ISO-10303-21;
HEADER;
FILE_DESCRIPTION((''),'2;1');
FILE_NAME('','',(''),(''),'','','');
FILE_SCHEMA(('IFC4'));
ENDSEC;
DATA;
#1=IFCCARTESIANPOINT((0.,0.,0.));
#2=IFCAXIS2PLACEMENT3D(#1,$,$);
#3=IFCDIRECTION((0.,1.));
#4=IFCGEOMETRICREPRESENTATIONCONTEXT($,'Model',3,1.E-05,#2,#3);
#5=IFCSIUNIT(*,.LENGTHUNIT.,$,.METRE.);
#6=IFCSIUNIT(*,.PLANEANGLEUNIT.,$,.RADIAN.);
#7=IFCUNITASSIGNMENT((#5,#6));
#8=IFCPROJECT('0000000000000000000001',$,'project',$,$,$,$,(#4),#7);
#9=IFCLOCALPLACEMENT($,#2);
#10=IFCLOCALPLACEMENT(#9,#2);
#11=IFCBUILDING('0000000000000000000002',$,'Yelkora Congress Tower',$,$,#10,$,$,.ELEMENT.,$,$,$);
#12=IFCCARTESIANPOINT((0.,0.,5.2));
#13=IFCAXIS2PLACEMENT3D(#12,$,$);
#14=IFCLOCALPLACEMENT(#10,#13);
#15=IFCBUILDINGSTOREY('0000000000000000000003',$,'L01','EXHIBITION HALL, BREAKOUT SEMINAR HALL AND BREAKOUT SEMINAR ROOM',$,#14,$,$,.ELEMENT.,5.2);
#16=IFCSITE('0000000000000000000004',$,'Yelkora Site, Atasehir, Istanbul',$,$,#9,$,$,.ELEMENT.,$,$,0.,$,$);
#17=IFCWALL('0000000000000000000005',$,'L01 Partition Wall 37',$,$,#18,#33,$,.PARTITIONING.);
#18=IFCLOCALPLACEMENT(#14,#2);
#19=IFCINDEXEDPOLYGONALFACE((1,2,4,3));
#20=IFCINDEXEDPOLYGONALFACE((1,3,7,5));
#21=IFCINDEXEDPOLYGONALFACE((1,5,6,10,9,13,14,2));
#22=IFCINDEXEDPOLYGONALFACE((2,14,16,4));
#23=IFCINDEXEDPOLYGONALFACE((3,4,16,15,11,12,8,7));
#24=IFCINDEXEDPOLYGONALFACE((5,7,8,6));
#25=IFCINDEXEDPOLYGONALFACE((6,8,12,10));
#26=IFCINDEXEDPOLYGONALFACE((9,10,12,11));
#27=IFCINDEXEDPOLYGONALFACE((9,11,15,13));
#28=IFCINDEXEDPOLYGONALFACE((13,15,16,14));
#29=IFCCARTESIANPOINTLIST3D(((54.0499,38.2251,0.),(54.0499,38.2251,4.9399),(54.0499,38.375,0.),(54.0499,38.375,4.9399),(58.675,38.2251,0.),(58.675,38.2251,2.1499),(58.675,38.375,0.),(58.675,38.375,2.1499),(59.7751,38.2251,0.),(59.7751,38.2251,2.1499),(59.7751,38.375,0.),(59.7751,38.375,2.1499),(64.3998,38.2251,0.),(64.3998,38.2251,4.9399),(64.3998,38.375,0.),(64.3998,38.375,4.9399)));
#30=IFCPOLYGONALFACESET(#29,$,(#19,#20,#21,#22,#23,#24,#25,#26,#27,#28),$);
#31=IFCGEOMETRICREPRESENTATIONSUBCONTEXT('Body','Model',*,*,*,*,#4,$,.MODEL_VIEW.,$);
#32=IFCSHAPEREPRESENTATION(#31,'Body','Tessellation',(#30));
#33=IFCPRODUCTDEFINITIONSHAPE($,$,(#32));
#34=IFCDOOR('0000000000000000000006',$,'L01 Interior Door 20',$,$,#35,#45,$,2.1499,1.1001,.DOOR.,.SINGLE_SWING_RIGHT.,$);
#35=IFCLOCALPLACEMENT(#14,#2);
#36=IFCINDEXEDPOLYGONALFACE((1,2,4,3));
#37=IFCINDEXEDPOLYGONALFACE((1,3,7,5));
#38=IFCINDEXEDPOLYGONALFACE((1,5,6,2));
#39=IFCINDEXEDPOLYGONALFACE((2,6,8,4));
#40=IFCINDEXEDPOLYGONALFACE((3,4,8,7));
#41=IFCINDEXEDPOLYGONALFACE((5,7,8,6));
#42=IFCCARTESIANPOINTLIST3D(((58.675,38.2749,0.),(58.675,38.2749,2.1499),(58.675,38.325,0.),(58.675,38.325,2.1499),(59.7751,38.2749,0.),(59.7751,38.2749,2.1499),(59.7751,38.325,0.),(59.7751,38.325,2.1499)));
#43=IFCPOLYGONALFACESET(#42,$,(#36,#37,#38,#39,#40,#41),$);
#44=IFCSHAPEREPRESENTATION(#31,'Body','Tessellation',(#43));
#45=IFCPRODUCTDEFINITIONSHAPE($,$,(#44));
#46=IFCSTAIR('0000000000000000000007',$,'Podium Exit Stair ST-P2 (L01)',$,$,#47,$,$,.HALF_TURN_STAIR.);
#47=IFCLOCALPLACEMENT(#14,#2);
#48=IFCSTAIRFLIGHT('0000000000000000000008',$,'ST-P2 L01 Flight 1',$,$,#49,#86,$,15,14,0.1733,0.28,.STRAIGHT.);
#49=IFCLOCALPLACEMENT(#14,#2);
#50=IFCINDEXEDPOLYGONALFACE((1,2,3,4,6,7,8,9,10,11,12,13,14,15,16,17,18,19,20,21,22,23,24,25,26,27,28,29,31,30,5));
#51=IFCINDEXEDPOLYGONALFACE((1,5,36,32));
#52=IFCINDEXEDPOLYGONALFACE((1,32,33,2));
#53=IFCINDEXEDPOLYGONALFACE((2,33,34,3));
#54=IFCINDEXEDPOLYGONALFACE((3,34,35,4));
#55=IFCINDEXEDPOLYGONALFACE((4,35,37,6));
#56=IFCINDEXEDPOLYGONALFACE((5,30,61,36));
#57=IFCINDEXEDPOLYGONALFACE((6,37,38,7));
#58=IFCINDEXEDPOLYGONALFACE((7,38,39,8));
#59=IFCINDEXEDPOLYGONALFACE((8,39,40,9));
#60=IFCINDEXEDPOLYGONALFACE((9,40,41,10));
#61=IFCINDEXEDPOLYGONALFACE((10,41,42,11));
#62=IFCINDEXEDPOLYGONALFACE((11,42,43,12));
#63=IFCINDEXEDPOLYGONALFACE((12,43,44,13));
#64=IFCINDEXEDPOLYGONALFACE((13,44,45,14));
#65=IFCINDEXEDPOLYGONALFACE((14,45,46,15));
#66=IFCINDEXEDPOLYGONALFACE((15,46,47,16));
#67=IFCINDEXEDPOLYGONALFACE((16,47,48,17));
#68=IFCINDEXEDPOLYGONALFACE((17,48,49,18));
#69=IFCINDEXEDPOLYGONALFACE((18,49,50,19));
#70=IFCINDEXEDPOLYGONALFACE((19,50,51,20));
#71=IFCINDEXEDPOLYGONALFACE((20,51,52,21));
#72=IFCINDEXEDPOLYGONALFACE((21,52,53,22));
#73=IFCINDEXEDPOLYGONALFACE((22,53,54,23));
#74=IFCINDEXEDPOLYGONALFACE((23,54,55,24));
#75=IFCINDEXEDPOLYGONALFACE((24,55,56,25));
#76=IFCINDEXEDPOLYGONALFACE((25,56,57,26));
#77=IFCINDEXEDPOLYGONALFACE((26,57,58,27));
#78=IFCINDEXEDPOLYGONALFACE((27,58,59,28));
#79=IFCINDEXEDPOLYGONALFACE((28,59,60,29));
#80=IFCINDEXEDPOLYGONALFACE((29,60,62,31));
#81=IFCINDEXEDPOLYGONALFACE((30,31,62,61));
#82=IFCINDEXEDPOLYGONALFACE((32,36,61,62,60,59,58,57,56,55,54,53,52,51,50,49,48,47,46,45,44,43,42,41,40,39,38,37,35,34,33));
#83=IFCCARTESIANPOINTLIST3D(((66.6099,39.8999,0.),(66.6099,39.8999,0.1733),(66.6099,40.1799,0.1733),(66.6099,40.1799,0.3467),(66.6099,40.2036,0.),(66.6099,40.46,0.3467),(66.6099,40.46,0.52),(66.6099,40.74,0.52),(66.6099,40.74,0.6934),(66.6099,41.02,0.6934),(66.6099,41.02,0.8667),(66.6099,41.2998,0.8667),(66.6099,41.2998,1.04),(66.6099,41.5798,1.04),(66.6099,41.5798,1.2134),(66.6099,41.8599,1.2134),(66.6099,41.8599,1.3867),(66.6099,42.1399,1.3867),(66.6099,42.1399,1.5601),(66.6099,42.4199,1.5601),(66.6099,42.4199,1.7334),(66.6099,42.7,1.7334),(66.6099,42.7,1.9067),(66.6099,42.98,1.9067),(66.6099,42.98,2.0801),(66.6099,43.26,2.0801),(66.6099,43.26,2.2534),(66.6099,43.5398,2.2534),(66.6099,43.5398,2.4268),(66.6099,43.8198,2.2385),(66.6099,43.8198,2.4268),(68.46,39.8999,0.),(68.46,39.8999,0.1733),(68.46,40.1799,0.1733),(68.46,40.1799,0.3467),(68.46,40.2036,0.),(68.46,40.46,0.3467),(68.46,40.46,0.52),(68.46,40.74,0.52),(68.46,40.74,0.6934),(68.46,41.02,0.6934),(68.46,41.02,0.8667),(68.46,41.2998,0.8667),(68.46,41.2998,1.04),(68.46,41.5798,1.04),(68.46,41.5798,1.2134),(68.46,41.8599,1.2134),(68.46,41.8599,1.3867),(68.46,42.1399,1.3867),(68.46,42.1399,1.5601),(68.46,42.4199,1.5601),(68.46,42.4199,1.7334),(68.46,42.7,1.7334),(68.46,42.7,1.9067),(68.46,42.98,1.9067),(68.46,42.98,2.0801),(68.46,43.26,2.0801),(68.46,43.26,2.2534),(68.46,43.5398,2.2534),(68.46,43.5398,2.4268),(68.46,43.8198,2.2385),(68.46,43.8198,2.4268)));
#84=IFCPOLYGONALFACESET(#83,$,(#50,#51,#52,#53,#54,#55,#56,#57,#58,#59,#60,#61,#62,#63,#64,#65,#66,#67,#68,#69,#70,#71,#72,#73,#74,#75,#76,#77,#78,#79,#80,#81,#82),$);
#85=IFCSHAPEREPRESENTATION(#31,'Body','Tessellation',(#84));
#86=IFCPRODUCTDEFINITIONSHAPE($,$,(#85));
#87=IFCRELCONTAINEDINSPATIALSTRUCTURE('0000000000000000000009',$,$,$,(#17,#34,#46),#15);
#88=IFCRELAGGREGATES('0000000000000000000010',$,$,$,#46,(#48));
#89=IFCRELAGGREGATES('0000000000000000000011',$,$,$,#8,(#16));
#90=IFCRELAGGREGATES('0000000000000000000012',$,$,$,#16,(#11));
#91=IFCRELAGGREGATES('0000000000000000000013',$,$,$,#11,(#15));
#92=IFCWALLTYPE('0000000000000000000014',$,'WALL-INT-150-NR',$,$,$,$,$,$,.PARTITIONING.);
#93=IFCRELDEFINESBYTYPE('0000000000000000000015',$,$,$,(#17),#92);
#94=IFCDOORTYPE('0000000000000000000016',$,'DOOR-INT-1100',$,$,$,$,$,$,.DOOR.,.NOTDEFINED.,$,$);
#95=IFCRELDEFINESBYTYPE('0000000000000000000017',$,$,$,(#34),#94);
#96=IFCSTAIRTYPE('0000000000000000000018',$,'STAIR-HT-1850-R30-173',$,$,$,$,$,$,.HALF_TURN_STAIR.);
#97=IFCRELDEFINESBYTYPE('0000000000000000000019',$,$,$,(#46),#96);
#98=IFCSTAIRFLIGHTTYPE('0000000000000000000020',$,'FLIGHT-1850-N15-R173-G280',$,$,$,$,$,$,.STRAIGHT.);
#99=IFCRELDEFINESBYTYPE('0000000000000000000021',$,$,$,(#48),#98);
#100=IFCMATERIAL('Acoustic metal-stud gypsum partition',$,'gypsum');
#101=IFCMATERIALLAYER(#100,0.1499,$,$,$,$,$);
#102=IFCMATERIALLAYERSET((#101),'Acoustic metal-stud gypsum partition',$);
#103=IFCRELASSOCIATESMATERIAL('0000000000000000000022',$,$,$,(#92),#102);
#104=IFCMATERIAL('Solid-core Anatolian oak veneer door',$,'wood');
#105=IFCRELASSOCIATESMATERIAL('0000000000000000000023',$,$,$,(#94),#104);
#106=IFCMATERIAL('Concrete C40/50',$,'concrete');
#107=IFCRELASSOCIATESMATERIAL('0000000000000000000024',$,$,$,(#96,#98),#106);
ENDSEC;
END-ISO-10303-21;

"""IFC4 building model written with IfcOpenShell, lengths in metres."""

from ifc_helpers import new_model, si_unit, direction, frame, frame_2d, origin, place, context, subcontext, project, spatial, polyline, rectangle, outline, extrude, material, layer, layer_set, type_object, element, fill, aggregate, save


model = new_model("IFC4")

# Units and contexts
model_context = context("Model", 3, precision=1e-05, world=origin(), true_north=direction((0.0, 1.0)))
body_context = subcontext(model_context, "Body", "Model", "MODEL_VIEW")
ifc_project = project(units=[si_unit("LENGTHUNIT", "METRE"), si_unit("PLANEANGLEUNIT", "RADIAN")], contexts=[model_context])

# Site, building, storey
site_placement = place(None, origin())
site = spatial("IfcSite", under=ifc_project, at=site_placement, Name="Yelkora Site, Atasehir, Istanbul", CompositionType="ELEMENT", RefElevation=0.0)
building_placement = place(site_placement, origin())
building = spatial("IfcBuilding", under=site, at=building_placement, Name="Yelkora Congress Tower", CompositionType="ELEMENT")
storey_placement = place(building_placement, frame((0.0, 0.0, 5.2)))
storey = spatial("IfcBuildingStorey", under=building, at=storey_placement, Name="L01", Description="EXHIBITION HALL, BREAKOUT SEMINAR HALL AND BREAKOUT SEMINAR ROOM", CompositionType="ELEMENT", Elevation=5.2)

# Wall, opening, door
ifc_material_1 = material(Name="Acoustic metal-stud gypsum partition", Category="gypsum")
ifc_layer_1 = layer(ifc_material_1, 0.1499)
ifc_layer_set_1 = layer_set([ifc_layer_1], Name="Acoustic metal-stud gypsum partition")
wall_type_1 = type_object("IfcWallType", Name="WALL-INT-150-NR", PredefinedType="PARTITIONING", material=ifc_layer_set_1)
wall_1_placement = place(storey_placement, frame((54.05, 38.3, 0.0), z_axis=(0.0, 0.0, 1.0), x_axis=(1.0, 0.0, 0.0)))
wall_1 = element("IfcWall", 1, at=wall_1_placement, inside=storey, type_object=wall_type_1, Name="L01 Partition Wall 37", PredefinedType="PARTITIONING", context=body_context, shape_type="SweptSolid", body=[
    extrude(rectangle(XDim=10.3499, YDim=0.1499, at=frame_2d((5.1748, 0.0))), origin(), (0.0, 0.0, 1.0), 4.9399),
])
opening_1_placement = place(wall_1_placement, frame((4.625, 0.0, 0.0)))
opening_1 = element("IfcOpeningElement", 2, at=opening_1_placement, cuts=wall_1, PredefinedType="OPENING", context=body_context, shape_type="SweptSolid", body=[
    extrude(rectangle(XDim=1.1001, YDim=2.1499, at=frame_2d((0.55, 1.075))), frame((0.0, 0.085, 0.0), z_axis=(0.0, -1.0, 0.0), x_axis=(1.0, 0.0, 0.0)), (0.0, 0.0, 1.0), 0.1699),
])
ifc_material_2 = material(Name="Solid-core Anatolian oak veneer door", Category="wood")
door_type_1 = type_object("IfcDoorType", Name="DOOR-INT-1100", OperationType="NOTDEFINED", PredefinedType="DOOR", material=ifc_material_2)
door_1_placement = place(opening_1_placement, origin())
door_1 = element("IfcDoor", 3, at=door_1_placement, inside=storey, type_object=door_type_1, Name="L01 Interior Door 20", OperationType="SINGLE_SWING_RIGHT", OverallHeight=2.1499, OverallWidth=1.1001, PredefinedType="DOOR", context=body_context, shape_type="SweptSolid", body=[
    extrude(rectangle(XDim=1.1001, YDim=2.1499, at=frame_2d((0.55, 1.075))), frame((0.0, 0.0249, 0.0), z_axis=(0.0, -1.0, 0.0), x_axis=(1.0, 0.0, 0.0)), (0.0, 0.0, 1.0), 0.05),
])
fill(opening_1, door_1)

# Stair, stair flight
ifc_material_3 = material(Name="Concrete C40/50", Category="concrete")
stair_type = type_object("IfcStairType", Name="STAIR-HT-1850-R30-173", PredefinedType="HALF_TURN_STAIR", material=ifc_material_3)
stair_placement = place(storey_placement, origin())
stair = element("IfcStair", 4, at=stair_placement, inside=storey, type_object=stair_type, Name="Podium Exit Stair ST-P2 (L01)", PredefinedType="HALF_TURN_STAIR")
stair_flight_type = type_object("IfcStairFlightType", Name="FLIGHT-1850-N15-R173-G280", PredefinedType="STRAIGHT", material=ifc_material_3)
stair_flight_placement = place(storey_placement, frame((67.5349, 39.8999, 0.0), z_axis=(0.0, 0.0, 1.0), x_axis=(0.0, 1.0, 0.0)))
stair_flight = element("IfcStairFlight", 5, at=stair_flight_placement, type_object=stair_flight_type, Name="ST-P2 L01 Flight 1", NumberOfRisers=15, NumberOfTreads=14, PredefinedType="STRAIGHT", RiserHeight=0.1733, TreadLength=0.28, context=body_context, shape_type="SweptSolid", body=[
    extrude(outline(polyline([(0.0, 0.0), (0.0, 0.1733), (0.28, 0.1733), (0.28, 0.3467), (0.5601, 0.3467), (0.5601, 0.52), (0.8401, 0.52), (0.8401, 0.6934), (1.1201, 0.6934), (1.1201, 0.8667), (1.3999, 0.8667), (1.3999, 1.04), (1.6799, 1.04), (1.6799, 1.2134), (1.96, 1.2134), (1.96, 1.3867), (2.24, 1.3867), (2.24, 1.5601), (2.52, 1.5601), (2.52, 1.7334), (2.8, 1.7334), (2.8, 1.9067), (3.0801, 1.9067), (3.0801, 2.0801), (3.3601, 2.0801), (3.3601, 2.2534), (3.6399, 2.2534), (3.6399, 2.4268), (3.9199, 2.4268), (3.9199, 2.6001), (3.9199, 2.2385), (0.3037, 0.0), (0.0, 0.0)])), frame((0.0, 0.925, 0.0), z_axis=(0.0, -1.0, 0.0), x_axis=(1.0, 0.0, 0.0)), (0.0, 0.0, 1.0), 1.8501),
])
aggregate(stair, [stair_flight])

save(model, "model.ifc")
